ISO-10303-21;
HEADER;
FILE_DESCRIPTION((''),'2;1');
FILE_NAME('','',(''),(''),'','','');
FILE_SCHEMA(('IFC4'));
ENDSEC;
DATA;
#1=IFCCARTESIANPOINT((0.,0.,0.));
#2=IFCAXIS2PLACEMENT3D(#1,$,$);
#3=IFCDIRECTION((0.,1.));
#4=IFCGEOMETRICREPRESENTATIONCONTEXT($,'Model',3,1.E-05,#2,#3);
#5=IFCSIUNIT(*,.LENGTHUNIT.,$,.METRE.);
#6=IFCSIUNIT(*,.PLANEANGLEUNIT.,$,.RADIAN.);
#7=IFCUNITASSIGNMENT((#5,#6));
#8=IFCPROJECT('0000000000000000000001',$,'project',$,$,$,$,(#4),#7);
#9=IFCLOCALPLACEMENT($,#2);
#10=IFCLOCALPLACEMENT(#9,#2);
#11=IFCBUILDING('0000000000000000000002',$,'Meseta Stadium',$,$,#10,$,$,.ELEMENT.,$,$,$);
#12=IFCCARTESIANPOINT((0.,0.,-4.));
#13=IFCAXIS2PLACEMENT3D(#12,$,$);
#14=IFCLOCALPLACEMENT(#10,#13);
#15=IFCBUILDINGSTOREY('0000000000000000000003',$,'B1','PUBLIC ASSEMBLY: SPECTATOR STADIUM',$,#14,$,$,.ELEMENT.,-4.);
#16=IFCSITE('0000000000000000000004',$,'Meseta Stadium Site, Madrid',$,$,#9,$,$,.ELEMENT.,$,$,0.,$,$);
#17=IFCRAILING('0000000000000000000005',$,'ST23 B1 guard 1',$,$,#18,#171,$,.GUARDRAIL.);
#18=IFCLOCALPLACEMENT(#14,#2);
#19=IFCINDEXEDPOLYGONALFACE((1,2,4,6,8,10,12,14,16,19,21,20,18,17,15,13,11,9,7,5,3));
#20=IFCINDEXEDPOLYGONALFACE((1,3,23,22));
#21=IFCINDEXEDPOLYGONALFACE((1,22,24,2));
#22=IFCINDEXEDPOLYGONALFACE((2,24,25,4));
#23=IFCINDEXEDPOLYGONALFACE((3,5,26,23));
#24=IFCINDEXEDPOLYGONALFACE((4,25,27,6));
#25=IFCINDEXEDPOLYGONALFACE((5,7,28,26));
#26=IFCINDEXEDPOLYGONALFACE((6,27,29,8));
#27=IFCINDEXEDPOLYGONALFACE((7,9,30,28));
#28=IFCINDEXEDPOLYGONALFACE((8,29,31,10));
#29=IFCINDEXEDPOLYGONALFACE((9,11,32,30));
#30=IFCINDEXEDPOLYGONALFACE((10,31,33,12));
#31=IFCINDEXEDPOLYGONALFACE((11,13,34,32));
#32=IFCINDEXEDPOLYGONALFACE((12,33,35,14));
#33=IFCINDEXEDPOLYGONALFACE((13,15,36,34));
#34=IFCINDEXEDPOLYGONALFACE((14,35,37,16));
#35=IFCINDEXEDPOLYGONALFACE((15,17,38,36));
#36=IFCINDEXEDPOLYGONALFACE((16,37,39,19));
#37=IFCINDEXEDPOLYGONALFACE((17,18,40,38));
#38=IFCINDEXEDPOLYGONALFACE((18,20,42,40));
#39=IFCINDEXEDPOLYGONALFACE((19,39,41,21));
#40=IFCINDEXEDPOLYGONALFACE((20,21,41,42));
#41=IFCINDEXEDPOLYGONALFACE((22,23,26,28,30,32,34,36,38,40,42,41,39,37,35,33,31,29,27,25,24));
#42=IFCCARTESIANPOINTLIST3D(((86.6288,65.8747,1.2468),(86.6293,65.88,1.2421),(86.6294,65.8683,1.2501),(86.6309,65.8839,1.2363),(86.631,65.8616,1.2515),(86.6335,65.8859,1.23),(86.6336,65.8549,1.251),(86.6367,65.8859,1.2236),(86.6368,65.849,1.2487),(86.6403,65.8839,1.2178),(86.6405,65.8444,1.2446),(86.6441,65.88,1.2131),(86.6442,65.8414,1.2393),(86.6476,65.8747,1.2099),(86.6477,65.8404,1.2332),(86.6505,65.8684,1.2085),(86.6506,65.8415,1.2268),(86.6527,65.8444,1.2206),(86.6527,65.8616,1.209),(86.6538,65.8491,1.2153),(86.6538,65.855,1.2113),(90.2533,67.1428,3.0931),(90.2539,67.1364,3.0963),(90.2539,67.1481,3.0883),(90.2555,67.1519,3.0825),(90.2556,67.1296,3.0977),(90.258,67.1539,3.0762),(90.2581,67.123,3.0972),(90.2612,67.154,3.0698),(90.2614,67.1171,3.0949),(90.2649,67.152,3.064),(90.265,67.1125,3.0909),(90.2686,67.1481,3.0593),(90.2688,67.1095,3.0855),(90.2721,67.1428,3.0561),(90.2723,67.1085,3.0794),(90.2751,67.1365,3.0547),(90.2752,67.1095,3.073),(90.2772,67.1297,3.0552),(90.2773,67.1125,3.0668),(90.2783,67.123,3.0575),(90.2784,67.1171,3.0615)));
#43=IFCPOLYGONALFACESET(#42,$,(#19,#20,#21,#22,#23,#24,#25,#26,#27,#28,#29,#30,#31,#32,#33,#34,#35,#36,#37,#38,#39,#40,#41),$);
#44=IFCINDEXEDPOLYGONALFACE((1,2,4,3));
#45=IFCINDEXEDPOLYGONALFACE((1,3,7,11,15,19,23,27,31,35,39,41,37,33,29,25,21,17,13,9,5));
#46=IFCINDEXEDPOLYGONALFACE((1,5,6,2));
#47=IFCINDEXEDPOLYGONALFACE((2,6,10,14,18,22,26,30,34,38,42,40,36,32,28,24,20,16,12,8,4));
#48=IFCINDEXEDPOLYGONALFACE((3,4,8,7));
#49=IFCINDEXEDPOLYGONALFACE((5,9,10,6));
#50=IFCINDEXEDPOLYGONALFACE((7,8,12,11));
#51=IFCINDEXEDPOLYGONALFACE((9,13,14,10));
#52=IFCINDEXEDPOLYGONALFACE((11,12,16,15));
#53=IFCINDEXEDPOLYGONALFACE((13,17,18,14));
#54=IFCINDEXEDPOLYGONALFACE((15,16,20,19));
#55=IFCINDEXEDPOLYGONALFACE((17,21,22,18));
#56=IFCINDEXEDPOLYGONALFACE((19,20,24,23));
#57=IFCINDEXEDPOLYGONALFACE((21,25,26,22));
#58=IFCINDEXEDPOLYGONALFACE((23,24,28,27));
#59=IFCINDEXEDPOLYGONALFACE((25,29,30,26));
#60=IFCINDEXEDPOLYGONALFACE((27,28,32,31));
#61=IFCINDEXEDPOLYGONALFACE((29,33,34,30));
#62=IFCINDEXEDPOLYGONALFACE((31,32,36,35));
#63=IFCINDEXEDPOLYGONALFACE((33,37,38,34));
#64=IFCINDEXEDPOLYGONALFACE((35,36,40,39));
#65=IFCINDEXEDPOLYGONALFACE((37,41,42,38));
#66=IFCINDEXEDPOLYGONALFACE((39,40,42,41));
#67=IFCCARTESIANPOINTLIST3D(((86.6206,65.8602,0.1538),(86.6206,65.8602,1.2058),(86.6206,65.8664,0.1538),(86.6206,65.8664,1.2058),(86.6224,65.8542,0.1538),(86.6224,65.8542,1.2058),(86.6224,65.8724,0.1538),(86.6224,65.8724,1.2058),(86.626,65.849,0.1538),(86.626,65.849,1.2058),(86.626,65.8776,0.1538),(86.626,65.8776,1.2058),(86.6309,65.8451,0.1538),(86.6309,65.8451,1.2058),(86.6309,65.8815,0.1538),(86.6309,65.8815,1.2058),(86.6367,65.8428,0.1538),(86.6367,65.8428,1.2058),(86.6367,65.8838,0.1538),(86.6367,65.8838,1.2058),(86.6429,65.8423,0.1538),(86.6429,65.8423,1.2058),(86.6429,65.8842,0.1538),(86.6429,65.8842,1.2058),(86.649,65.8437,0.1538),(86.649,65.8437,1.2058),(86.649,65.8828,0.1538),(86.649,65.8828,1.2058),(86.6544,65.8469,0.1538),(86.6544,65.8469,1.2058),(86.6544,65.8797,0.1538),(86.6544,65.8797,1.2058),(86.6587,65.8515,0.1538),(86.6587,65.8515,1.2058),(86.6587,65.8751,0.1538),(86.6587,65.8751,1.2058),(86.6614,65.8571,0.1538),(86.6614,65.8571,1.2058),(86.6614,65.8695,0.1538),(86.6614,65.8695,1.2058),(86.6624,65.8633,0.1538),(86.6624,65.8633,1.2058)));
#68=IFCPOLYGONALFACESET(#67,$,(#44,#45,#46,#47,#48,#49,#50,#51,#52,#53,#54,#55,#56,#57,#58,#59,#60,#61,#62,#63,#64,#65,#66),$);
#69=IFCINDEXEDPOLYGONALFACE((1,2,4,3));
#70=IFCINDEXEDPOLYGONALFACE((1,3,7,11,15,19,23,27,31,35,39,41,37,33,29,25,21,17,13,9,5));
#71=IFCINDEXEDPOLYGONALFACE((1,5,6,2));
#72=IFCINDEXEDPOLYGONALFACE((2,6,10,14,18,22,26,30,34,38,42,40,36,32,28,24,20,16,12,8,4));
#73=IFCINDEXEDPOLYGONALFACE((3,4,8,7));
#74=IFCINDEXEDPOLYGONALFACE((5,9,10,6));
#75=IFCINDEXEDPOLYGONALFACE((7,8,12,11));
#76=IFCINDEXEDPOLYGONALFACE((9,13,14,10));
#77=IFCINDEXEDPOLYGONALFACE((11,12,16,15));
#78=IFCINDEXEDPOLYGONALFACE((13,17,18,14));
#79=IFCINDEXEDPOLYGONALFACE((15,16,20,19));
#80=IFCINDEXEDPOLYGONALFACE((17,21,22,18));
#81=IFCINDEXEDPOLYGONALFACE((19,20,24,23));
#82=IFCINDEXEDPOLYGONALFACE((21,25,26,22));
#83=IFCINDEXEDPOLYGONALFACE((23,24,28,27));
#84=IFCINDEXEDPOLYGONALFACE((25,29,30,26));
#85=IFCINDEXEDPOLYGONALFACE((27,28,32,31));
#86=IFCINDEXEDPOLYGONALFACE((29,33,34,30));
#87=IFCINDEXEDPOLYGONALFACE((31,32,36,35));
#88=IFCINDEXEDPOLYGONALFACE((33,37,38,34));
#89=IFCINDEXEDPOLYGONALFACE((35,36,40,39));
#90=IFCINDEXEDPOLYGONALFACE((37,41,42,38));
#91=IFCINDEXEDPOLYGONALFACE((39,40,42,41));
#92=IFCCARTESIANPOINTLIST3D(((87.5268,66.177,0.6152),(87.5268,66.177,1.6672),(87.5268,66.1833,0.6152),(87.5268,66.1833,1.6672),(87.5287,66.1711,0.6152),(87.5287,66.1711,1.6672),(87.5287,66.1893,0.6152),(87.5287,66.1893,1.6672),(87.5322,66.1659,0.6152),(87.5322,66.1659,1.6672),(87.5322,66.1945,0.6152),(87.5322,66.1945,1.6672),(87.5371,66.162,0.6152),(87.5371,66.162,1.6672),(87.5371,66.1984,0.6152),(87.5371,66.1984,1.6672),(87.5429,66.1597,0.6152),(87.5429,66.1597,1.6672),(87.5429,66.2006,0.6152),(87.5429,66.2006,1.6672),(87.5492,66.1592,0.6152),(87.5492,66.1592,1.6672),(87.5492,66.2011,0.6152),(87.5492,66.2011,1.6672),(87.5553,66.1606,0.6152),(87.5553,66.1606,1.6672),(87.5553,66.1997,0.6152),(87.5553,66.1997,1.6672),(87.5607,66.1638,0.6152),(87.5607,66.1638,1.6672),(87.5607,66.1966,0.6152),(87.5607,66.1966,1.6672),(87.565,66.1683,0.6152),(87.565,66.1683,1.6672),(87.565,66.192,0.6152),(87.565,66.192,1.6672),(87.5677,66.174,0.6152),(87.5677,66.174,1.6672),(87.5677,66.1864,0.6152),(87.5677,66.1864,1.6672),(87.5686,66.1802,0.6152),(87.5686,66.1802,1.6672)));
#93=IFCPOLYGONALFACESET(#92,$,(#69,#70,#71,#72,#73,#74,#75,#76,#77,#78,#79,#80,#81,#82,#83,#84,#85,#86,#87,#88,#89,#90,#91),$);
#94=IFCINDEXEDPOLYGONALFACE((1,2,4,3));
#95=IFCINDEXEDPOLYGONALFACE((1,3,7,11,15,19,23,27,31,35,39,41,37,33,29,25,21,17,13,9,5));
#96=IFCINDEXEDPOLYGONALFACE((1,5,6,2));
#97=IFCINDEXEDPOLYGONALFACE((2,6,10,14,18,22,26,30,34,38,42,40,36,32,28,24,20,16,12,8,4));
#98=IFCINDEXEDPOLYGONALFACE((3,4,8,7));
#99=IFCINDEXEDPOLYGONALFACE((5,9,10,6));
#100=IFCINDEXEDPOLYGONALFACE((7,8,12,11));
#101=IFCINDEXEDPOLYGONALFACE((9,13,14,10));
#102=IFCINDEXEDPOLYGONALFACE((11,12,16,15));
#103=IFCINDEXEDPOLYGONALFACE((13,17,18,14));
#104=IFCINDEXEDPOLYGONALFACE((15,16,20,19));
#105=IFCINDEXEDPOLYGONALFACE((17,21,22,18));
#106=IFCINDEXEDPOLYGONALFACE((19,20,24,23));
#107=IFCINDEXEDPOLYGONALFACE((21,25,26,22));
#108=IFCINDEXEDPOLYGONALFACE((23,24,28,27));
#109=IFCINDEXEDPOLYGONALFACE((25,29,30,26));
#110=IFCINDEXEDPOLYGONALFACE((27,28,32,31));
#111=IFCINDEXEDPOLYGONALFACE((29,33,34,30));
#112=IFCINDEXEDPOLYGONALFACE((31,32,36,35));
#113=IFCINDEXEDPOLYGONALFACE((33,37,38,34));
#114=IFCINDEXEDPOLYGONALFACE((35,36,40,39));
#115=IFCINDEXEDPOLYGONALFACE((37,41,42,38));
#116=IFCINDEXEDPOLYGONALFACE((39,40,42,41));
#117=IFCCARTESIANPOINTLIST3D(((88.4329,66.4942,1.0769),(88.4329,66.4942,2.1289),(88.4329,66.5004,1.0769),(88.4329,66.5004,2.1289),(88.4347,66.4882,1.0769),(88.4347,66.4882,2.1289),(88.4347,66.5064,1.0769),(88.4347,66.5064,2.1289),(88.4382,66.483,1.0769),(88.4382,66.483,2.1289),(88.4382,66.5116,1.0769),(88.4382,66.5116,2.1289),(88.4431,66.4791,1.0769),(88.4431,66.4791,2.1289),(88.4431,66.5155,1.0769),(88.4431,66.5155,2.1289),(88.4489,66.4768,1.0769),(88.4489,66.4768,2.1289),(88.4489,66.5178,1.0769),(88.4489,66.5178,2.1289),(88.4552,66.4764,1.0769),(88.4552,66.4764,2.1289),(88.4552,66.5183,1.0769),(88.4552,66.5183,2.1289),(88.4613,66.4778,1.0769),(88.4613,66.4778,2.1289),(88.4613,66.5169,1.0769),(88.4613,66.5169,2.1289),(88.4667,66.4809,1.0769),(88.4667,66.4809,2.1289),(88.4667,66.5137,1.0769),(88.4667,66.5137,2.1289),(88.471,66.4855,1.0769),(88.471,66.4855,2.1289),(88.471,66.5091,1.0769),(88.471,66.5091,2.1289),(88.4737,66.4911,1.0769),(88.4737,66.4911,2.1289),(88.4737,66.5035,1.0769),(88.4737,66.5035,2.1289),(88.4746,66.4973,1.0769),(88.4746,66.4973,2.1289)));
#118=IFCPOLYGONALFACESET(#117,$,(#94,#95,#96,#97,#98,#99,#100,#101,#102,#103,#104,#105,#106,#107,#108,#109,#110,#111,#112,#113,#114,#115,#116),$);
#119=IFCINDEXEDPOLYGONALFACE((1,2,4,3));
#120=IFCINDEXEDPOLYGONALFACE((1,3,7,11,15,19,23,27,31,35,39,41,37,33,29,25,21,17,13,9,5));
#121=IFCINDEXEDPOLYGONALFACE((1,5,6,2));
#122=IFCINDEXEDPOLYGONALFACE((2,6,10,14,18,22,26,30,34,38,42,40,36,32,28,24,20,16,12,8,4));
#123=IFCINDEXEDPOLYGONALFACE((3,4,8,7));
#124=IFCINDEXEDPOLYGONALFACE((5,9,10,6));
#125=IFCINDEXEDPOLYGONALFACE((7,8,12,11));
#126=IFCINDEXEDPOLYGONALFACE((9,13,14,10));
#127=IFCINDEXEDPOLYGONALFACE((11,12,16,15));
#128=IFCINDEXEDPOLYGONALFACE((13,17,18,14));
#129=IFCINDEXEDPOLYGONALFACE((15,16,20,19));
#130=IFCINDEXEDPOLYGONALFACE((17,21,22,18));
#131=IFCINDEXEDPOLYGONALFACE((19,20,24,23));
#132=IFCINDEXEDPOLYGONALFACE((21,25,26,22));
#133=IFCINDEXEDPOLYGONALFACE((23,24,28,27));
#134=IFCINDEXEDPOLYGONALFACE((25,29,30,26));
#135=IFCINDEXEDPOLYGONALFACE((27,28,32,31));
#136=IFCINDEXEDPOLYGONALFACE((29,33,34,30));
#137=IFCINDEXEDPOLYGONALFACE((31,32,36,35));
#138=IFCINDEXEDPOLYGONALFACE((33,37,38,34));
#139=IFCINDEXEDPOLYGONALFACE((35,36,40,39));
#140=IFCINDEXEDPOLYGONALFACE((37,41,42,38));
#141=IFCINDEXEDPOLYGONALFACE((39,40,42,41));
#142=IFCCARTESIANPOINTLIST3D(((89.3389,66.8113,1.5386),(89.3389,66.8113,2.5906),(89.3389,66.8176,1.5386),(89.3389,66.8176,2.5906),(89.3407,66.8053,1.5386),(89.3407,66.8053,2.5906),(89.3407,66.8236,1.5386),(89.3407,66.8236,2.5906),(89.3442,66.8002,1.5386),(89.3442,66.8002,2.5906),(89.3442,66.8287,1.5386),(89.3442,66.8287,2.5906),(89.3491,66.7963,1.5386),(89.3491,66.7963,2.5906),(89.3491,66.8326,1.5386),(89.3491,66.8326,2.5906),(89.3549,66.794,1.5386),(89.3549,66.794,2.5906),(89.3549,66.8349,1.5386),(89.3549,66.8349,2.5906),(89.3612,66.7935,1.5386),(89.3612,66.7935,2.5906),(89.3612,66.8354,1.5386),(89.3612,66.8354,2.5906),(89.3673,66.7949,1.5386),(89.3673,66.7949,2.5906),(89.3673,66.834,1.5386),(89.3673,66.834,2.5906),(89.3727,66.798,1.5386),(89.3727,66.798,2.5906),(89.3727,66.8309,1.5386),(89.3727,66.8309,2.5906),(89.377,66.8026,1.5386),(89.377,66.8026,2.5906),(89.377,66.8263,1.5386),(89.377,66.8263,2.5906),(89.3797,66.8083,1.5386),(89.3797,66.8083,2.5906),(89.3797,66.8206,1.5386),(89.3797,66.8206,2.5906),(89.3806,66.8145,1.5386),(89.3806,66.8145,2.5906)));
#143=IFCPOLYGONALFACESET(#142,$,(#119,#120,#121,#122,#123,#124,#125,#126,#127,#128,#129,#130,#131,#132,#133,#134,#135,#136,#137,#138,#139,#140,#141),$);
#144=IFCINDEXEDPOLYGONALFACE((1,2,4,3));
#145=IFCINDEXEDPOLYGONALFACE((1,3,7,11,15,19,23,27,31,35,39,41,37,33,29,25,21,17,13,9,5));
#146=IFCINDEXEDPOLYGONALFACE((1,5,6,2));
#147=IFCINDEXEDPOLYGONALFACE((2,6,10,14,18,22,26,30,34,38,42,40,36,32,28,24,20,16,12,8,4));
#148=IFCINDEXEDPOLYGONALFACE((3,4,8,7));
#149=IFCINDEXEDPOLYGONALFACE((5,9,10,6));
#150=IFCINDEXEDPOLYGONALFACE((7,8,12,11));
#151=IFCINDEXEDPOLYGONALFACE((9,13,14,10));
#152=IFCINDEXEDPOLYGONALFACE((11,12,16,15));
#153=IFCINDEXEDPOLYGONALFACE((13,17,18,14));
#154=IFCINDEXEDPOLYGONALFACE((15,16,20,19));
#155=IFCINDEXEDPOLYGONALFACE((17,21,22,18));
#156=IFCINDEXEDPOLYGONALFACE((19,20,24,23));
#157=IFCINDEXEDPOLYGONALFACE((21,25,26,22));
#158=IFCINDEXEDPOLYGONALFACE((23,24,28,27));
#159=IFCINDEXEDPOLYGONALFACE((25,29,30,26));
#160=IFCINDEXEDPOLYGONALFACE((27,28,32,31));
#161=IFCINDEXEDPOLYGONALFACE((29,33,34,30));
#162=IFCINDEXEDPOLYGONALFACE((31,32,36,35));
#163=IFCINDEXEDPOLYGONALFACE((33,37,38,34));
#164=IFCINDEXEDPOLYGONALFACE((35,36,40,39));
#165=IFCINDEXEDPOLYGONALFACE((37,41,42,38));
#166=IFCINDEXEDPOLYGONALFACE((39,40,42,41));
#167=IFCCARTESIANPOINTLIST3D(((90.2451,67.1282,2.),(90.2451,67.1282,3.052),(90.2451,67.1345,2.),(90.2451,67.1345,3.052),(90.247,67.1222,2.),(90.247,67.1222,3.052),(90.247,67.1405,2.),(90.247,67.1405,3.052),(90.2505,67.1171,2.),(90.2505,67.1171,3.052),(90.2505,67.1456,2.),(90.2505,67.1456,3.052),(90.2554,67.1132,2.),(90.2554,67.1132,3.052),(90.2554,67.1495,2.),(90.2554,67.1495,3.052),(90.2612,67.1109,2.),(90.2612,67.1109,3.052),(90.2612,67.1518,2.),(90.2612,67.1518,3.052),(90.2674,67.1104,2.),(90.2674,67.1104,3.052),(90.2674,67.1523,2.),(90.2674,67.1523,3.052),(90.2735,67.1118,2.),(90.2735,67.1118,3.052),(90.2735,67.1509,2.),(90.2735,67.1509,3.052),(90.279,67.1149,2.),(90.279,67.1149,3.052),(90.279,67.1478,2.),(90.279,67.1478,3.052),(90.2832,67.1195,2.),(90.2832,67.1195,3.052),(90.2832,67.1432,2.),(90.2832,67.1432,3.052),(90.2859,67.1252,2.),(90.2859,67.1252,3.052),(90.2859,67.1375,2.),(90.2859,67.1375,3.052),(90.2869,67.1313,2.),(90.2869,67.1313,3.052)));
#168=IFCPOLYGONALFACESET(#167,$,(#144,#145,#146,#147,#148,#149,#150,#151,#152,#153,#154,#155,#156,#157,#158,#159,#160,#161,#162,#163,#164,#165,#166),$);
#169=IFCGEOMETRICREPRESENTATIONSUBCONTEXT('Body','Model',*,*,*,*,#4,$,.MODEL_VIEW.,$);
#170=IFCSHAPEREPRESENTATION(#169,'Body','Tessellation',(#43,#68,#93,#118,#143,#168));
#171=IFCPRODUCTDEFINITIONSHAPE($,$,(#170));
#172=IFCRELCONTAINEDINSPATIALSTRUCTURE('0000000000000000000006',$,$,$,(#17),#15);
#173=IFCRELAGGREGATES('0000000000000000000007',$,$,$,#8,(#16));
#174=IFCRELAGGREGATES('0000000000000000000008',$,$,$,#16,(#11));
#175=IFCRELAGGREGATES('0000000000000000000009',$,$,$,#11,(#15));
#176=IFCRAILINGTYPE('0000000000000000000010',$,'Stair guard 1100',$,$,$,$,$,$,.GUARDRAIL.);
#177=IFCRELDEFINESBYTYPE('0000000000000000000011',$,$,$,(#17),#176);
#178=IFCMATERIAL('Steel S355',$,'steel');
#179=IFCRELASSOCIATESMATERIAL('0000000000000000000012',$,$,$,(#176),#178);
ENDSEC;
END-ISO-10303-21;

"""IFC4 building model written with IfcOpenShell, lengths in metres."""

from ifc_helpers import new_model, si_unit, direction, frame, origin, origin_2d, place, context, subcontext, project, spatial, circle, extrude, material, type_object, element, save


model = new_model("IFC4")

# Units and contexts
model_context = context("Model", 3, precision=1e-05, world=origin(), true_north=direction((0.0, 1.0)))
body_context = subcontext(model_context, "Body", "Model", "MODEL_VIEW")
ifc_project = project(units=[si_unit("LENGTHUNIT", "METRE"), si_unit("PLANEANGLEUNIT", "RADIAN")], contexts=[model_context])

# Site, building, storey
site_placement = place(None, origin())
site = spatial("IfcSite", under=ifc_project, at=site_placement, Name="Meseta Stadium Site, Madrid", CompositionType="ELEMENT", RefElevation=0.0)
building_placement = place(site_placement, origin())
building = spatial("IfcBuilding", under=site, at=building_placement, Name="Meseta Stadium", CompositionType="ELEMENT")
storey_placement = place(building_placement, frame((0.0, 0.0, -4.0)))
storey = spatial("IfcBuildingStorey", under=building, at=storey_placement, Name="B1", Description="PUBLIC ASSEMBLY: SPECTATOR STADIUM", CompositionType="ELEMENT", Elevation=-4.0)

# Railing
ifc_material_1 = material(Name="Steel S355", Category="steel")
railing_type_1 = type_object("IfcRailingType", Name="Stair guard 1100", PredefinedType="GUARDRAIL", material=ifc_material_1)
railing_1_placement = place(storey_placement, frame((86.6414, 65.8633, 0.1538)))
element("IfcRailing", 1, at=railing_1_placement, inside=storey, type_object=railing_type_1, Name="ST23 B1 guard 1", PredefinedType="GUARDRAIL", context=body_context, shape_type="SweptSolid", body=[
    extrude(circle(Radius=0.0239, at=origin_2d()), frame((0.0, 0.0, 1.0762), z_axis=(0.850686, 0.29762, 0.433308), x_axis=(-0.330231, 0.9439, 0.0)), (0.0, 0.0, 1.0), 4.2607),
    extrude(circle(Radius=0.021, at=origin_2d()), origin(), (0.0, 0.0, 1.0), 1.052),
    extrude(circle(Radius=0.021, at=origin_2d()), frame((0.9062, 0.3169, 0.4614)), (0.0, 0.0, 1.0), 1.052),
    extrude(circle(Radius=0.021, at=origin_2d()), frame((1.8123, 0.634, 0.9231)), (0.0, 0.0, 1.0), 1.052),
    extrude(circle(Radius=0.021, at=origin_2d()), frame((2.7183, 0.9512, 1.3848)), (0.0, 0.0, 1.0), 1.052),
    extrude(circle(Radius=0.021, at=origin_2d()), frame((3.6245, 1.2681, 1.8462)), (0.0, 0.0, 1.0), 1.052),
])

save(model, "model.ifc")
